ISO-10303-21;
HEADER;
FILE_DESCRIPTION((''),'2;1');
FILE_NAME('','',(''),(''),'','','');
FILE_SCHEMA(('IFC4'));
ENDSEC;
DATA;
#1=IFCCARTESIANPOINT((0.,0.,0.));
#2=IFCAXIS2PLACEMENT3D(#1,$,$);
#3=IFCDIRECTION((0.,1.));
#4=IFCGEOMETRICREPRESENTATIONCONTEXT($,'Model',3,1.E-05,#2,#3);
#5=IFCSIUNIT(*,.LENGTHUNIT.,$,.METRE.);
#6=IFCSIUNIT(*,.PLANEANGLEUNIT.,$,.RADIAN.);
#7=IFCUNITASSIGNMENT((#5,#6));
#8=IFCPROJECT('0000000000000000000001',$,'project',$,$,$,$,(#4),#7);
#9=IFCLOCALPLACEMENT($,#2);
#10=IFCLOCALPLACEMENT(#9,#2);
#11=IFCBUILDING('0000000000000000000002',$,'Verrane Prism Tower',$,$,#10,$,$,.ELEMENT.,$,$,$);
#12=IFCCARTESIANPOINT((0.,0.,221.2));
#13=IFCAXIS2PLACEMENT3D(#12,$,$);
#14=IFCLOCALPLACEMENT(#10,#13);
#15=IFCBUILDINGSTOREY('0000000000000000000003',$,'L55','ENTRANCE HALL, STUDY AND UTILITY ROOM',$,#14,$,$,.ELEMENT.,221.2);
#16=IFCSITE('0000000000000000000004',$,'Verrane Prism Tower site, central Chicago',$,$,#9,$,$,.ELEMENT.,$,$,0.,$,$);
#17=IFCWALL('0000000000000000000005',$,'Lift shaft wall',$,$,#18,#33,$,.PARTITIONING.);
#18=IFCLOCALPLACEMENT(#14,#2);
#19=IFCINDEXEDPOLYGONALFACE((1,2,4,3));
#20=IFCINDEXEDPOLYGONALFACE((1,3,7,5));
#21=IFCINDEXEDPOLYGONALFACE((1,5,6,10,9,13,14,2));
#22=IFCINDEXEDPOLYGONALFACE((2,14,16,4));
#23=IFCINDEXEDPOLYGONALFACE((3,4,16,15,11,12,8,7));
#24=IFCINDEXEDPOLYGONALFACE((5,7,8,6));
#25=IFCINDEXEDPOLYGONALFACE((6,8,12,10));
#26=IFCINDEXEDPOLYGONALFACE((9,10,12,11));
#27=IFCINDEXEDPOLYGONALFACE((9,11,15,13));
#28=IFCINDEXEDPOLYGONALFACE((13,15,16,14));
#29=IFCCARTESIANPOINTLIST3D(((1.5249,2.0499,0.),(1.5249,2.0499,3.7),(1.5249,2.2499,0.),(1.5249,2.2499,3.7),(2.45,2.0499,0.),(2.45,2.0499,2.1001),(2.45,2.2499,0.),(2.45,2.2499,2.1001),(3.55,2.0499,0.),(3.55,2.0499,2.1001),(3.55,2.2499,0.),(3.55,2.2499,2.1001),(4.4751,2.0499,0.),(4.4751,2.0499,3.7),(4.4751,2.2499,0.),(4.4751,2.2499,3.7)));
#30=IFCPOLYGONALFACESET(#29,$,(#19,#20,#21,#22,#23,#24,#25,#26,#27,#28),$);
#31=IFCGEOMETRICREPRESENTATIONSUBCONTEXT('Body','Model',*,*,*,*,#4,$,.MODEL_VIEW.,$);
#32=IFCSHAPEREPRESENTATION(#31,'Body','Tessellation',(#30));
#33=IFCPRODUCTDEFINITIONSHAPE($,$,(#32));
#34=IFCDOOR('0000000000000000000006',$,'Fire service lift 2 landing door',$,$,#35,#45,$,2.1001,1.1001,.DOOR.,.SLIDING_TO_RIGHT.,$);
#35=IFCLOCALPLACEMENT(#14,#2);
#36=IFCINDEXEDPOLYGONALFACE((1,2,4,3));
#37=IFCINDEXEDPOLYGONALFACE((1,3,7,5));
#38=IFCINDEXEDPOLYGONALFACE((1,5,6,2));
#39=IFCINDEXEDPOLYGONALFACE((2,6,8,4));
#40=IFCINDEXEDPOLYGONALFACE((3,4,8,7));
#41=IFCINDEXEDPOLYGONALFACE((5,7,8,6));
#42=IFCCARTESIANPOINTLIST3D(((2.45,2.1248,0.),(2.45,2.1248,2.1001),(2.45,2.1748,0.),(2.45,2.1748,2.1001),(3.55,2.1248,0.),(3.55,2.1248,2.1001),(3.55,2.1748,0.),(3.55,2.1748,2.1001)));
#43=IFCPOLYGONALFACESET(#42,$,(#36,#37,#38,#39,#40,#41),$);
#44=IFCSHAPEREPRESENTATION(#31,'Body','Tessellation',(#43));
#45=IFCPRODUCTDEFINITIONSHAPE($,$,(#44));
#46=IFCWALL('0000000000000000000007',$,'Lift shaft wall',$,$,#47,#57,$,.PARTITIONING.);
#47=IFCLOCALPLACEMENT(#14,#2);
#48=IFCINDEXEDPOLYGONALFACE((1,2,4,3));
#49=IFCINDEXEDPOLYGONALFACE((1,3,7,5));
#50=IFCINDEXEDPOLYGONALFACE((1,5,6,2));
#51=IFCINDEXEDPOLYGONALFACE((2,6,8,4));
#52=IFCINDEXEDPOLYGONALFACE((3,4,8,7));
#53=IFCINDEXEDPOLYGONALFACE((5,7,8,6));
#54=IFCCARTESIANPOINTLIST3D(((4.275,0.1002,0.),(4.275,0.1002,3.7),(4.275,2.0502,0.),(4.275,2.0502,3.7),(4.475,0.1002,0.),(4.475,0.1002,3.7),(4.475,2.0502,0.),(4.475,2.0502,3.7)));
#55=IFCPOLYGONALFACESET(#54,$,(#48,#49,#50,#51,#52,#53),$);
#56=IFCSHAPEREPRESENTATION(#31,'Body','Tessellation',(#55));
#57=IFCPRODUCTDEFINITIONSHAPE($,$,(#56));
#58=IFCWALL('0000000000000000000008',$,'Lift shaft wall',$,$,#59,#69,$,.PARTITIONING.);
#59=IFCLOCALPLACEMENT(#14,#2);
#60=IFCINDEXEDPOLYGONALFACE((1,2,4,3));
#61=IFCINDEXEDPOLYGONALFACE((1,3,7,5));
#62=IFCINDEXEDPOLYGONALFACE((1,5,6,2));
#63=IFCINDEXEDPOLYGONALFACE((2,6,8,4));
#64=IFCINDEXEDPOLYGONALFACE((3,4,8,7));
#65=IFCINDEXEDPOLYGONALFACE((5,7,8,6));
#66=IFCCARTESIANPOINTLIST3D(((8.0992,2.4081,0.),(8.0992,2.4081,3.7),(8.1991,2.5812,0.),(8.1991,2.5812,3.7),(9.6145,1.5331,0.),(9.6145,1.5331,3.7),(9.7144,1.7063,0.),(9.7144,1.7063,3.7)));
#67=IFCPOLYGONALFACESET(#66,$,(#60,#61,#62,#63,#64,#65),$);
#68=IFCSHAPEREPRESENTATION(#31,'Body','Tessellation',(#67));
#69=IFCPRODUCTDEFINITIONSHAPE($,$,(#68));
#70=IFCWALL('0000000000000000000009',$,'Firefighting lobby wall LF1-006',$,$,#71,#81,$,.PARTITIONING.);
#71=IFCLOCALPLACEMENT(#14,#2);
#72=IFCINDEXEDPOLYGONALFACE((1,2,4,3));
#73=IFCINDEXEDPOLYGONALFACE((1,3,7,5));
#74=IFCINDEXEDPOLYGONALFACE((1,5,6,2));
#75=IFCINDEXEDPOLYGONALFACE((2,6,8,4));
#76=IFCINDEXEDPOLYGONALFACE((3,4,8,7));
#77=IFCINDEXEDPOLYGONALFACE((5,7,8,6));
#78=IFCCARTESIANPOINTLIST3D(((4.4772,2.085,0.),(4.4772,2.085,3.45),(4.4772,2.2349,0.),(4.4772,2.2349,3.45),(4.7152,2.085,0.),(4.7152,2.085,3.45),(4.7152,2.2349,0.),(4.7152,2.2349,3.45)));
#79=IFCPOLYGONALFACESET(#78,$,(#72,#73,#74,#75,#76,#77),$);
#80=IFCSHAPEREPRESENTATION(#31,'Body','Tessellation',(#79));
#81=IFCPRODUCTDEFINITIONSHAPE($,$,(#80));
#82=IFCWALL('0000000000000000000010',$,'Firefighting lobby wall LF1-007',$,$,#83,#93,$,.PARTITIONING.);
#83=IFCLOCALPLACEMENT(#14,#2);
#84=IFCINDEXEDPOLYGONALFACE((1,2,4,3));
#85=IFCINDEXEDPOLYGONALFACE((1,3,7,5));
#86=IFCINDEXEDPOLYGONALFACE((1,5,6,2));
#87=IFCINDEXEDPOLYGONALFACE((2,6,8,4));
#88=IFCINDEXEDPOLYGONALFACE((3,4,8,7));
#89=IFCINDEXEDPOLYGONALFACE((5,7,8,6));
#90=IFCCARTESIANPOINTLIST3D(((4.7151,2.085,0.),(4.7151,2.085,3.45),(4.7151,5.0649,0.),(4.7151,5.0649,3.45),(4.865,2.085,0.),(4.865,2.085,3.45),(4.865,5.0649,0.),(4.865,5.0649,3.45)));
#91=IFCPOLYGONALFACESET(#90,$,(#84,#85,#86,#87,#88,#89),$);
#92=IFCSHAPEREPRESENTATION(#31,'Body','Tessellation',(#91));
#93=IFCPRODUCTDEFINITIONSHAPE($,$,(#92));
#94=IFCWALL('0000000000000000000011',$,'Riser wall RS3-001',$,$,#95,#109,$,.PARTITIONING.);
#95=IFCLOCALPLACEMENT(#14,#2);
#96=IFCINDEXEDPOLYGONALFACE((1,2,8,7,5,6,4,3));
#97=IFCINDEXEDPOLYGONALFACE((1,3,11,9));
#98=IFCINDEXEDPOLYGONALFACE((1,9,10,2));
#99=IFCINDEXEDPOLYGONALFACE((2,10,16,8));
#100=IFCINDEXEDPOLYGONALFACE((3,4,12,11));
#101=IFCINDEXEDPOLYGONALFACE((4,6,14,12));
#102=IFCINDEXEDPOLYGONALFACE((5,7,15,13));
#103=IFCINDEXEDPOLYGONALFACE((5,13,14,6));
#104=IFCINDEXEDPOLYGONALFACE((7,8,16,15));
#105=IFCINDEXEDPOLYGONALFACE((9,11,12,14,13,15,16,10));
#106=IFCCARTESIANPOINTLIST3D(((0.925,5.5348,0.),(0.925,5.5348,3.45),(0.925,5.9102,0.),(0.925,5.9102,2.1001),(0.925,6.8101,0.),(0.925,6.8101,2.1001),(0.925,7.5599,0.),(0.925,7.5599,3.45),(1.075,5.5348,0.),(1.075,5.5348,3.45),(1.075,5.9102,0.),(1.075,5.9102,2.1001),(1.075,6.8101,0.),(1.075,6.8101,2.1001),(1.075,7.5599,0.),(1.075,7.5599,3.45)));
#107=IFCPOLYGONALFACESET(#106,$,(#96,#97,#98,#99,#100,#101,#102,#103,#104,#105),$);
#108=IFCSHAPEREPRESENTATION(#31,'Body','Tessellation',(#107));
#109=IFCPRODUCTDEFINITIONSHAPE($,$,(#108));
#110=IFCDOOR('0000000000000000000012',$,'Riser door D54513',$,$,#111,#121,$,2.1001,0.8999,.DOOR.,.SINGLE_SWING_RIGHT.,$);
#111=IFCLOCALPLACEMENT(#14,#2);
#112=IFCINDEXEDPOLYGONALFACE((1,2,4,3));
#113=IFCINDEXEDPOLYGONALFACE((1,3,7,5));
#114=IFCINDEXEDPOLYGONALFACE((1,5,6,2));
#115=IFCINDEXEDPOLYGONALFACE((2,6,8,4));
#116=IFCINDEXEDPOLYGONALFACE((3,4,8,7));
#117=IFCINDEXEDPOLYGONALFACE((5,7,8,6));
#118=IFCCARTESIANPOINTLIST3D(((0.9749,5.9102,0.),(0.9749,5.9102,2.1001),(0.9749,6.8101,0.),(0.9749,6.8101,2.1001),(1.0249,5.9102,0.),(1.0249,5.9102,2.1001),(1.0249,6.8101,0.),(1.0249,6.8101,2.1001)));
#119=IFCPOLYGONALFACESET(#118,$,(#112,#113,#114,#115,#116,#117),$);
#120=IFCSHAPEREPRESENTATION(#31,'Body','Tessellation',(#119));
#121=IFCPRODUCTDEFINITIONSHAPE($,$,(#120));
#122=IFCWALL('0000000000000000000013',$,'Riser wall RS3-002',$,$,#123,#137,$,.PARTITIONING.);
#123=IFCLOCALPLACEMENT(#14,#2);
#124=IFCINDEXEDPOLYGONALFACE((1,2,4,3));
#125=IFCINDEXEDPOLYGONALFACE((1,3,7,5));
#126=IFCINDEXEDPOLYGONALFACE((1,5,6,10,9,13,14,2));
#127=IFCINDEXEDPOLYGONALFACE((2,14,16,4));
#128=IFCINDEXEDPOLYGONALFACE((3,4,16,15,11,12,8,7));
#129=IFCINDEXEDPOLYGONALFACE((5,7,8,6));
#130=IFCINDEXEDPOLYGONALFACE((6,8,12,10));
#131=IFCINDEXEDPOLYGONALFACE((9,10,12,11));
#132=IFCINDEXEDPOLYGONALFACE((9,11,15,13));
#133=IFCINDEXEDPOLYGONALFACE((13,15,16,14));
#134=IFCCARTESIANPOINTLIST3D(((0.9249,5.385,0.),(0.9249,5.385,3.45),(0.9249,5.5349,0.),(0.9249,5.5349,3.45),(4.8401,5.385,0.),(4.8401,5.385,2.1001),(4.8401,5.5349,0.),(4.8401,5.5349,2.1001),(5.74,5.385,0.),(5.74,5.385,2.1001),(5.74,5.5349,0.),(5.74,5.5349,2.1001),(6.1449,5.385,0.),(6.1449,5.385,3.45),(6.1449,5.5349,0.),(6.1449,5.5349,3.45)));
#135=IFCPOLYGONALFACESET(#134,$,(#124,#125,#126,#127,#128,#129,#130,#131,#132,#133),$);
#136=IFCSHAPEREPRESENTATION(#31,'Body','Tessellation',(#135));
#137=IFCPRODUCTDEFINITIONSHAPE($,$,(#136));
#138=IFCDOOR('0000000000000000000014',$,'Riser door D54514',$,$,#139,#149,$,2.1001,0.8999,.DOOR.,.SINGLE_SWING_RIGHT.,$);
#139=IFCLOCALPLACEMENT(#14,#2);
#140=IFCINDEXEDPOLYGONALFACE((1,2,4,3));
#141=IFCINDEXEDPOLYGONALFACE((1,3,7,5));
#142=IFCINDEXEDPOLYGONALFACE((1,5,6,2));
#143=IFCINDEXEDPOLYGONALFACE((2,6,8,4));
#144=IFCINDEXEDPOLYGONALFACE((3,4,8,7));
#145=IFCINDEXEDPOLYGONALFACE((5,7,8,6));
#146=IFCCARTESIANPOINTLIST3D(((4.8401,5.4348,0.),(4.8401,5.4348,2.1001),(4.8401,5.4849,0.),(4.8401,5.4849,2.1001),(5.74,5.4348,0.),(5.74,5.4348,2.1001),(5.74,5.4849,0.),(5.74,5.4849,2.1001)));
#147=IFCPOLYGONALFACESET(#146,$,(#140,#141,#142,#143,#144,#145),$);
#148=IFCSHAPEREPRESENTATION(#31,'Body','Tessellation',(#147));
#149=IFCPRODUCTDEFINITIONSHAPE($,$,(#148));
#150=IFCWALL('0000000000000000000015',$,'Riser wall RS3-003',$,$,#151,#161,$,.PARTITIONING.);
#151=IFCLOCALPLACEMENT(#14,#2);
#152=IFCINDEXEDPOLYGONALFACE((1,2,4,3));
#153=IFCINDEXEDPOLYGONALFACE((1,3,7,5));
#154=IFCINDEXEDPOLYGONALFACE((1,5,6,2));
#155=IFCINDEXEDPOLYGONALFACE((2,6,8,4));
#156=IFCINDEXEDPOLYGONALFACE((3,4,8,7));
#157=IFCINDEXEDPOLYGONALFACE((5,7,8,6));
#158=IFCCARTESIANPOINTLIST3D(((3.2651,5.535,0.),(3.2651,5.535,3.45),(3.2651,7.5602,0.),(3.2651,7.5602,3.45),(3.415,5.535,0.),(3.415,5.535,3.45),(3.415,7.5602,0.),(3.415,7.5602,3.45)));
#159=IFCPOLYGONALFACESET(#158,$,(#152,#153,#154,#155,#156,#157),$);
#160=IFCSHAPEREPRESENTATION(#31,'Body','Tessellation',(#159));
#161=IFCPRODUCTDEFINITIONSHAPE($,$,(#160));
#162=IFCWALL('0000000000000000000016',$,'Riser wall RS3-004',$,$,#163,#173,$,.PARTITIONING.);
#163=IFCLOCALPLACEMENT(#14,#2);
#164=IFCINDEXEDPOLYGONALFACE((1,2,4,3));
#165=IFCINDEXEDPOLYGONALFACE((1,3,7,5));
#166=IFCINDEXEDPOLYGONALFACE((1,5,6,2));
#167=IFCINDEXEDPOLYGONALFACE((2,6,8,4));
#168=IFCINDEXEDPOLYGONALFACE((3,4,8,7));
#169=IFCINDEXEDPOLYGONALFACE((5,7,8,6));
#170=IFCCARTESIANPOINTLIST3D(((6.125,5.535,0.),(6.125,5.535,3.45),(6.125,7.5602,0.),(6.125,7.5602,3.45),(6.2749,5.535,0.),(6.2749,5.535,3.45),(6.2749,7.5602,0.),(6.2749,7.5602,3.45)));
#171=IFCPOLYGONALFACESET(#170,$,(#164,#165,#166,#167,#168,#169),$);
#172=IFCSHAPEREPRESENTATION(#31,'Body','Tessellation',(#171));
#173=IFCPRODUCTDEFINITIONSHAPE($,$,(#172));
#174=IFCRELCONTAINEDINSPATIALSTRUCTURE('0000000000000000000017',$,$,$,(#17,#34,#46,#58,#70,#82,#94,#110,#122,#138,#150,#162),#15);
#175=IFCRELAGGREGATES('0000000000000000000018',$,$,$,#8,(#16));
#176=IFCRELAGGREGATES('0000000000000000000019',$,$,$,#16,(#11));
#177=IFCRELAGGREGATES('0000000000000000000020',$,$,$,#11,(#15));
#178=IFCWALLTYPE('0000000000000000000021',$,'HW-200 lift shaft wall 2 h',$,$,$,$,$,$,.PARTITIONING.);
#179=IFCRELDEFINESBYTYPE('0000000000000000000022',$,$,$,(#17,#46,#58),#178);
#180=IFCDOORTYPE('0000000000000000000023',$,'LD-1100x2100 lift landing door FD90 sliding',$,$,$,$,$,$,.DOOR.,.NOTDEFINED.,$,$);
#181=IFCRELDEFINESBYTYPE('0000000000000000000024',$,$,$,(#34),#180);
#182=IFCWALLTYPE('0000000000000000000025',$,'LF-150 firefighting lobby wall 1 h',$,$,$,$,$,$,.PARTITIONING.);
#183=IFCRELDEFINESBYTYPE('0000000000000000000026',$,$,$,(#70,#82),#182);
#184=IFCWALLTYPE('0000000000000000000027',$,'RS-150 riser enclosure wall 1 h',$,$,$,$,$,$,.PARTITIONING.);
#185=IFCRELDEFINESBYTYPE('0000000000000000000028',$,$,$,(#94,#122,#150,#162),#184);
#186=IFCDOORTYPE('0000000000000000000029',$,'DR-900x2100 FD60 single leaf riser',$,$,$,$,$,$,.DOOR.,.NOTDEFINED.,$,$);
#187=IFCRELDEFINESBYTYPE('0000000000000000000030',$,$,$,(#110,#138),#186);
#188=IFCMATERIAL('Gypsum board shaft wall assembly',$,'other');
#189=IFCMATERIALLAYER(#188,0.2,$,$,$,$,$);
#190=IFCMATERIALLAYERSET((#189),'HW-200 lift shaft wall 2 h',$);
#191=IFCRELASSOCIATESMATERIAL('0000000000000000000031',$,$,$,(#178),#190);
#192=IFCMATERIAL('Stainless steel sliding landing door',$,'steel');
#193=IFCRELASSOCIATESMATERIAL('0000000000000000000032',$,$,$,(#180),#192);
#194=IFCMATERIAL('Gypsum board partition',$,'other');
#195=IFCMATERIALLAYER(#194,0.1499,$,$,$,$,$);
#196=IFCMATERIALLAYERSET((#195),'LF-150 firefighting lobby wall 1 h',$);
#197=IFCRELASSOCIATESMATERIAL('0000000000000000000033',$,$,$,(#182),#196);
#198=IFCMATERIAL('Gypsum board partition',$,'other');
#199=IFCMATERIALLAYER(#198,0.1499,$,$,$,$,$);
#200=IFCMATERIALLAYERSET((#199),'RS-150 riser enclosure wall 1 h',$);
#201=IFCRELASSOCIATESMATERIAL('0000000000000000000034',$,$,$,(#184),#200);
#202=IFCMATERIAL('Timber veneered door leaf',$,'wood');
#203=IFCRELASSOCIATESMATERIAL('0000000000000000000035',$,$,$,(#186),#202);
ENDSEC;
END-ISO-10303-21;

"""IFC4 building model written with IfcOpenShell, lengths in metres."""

from ifc_helpers import new_model, si_unit, direction, frame, frame_2d, origin, place, context, subcontext, project, spatial, rectangle, extrude, material, layer, layer_set, type_object, element, fill, save


model = new_model("IFC4")

# Units and contexts
model_context = context("Model", 3, precision=1e-05, world=origin(), true_north=direction((0.0, 1.0)))
body_context = subcontext(model_context, "Body", "Model", "MODEL_VIEW")
ifc_project = project(units=[si_unit("LENGTHUNIT", "METRE"), si_unit("PLANEANGLEUNIT", "RADIAN")], contexts=[model_context])

# Site, building, storey
site_placement = place(None, origin())
site = spatial("IfcSite", under=ifc_project, at=site_placement, Name="Verrane Prism Tower site, central Chicago", CompositionType="ELEMENT", RefElevation=0.0)
building_placement = place(site_placement, origin())
building = spatial("IfcBuilding", under=site, at=building_placement, Name="Verrane Prism Tower", CompositionType="ELEMENT")
storey_placement = place(building_placement, frame((0.0, 0.0, 221.2)))
storey = spatial("IfcBuildingStorey", under=building, at=storey_placement, Name="L55", Description="ENTRANCE HALL, STUDY AND UTILITY ROOM", CompositionType="ELEMENT", Elevation=221.2)

# Wall, opening, door
ifc_material_1 = material(Name="Gypsum board shaft wall assembly", Category="other")
ifc_layer_1 = layer(ifc_material_1, 0.2)
ifc_layer_set_1 = layer_set([ifc_layer_1], Name="HW-200 lift shaft wall 2 h")
wall_type_1 = type_object("IfcWallType", Name="HW-200 lift shaft wall 2 h", PredefinedType="PARTITIONING", material=ifc_layer_set_1)
wall_1_placement = place(storey_placement, frame((1.5249, 2.1499, 0.0), z_axis=(0.0, 0.0, 1.0), x_axis=(1.0, 0.0, 0.0)))
wall_1 = element("IfcWall", 1, at=wall_1_placement, inside=storey, type_object=wall_type_1, Name="Lift shaft wall", PredefinedType="PARTITIONING", context=body_context, shape_type="SweptSolid", body=[
    extrude(rectangle(XDim=2.9502, YDim=0.2, at=frame_2d((1.4751, 0.0))), origin(), (0.0, 0.0, 1.0), 3.7),
])
opening_1_placement = place(wall_1_placement, frame((0.925, 0.0, 0.0)))
opening_1 = element("IfcOpeningElement", 2, at=opening_1_placement, cuts=wall_1, PredefinedType="OPENING", context=body_context, shape_type="SweptSolid", body=[
    extrude(rectangle(XDim=1.1001, YDim=2.1001, at=frame_2d((0.55, 1.05))), frame((0.0, 0.1099, 0.0), z_axis=(0.0, -1.0, 0.0), x_axis=(1.0, 0.0, 0.0)), (0.0, 0.0, 1.0), 0.22),
])
ifc_material_2 = material(Name="Stainless steel sliding landing door", Category="steel")
door_type_1 = type_object("IfcDoorType", Name="LD-1100x2100 lift landing door FD90 sliding", OperationType="NOTDEFINED", PredefinedType="DOOR", material=ifc_material_2)
door_1_placement = place(opening_1_placement, origin())
door_1 = element("IfcDoor", 3, at=door_1_placement, inside=storey, type_object=door_type_1, Name="Fire service lift 2 landing door", OperationType="SLIDING_TO_RIGHT", OverallHeight=2.1001, OverallWidth=1.1001, PredefinedType="DOOR", context=body_context, shape_type="SweptSolid", body=[
    extrude(rectangle(XDim=1.1001, YDim=2.1001, at=frame_2d((0.55, 1.05))), frame((0.0, 0.0249, 0.0), z_axis=(0.0, -1.0, 0.0), x_axis=(1.0, 0.0, 0.0)), (0.0, 0.0, 1.0), 0.05),
])
fill(opening_1, door_1)

# Walls
wall_2_placement = place(storey_placement, frame((4.375, 0.1001, 0.0), z_axis=(0.0, 0.0, 1.0), x_axis=(0.0, 1.0, 0.0)))
element("IfcWall", 4, at=wall_2_placement, inside=storey, type_object=wall_type_1, Name="Lift shaft wall", PredefinedType="PARTITIONING", context=body_context, shape_type="SweptSolid", body=[
    extrude(rectangle(XDim=1.95, YDim=0.2, at=frame_2d((0.9751, 0.0))), origin(), (0.0, 0.0, 1.0), 3.7),
])
wall_3_placement = place(storey_placement, frame((9.6646, 1.6196, 0.0), z_axis=(0.0, 0.0, 1.0), x_axis=(-0.866002, 0.50004, 0.0)))
element("IfcWall", 5, at=wall_3_placement, inside=storey, type_object=wall_type_1, Name="Lift shaft wall", PredefinedType="PARTITIONING", context=body_context, shape_type="SweptSolid", body=[
    extrude(rectangle(XDim=1.7498, YDim=0.2, at=frame_2d((0.875, 0.0))), origin(), (0.0, 0.0, 1.0), 3.7),
])
ifc_material_3 = material(Name="Gypsum board partition", Category="other")
ifc_layer_2 = layer(ifc_material_3, 0.1499)
ifc_layer_set_2 = layer_set([ifc_layer_2], Name="LF-150 firefighting lobby wall 1 h")
wall_type_2 = type_object("IfcWallType", Name="LF-150 firefighting lobby wall 1 h", PredefinedType="PARTITIONING", material=ifc_layer_set_2)
wall_4_placement = place(storey_placement, frame((4.4771, 2.1599, 0.0), z_axis=(0.0, 0.0, 1.0), x_axis=(1.0, 0.0, 0.0)))
element("IfcWall", 6, at=wall_4_placement, inside=storey, type_object=wall_type_2, Name="Firefighting lobby wall LF1-006", PredefinedType="PARTITIONING", context=body_context, shape_type="SweptSolid", body=[
    extrude(rectangle(XDim=0.238, YDim=0.1499, at=frame_2d((0.1191, 0.0))), origin(), (0.0, 0.0, 1.0), 3.45),
])
wall_5_placement = place(storey_placement, frame((4.79, 2.085, 0.0), z_axis=(0.0, 0.0, 1.0), x_axis=(0.0, 1.0, 0.0)))
element("IfcWall", 7, at=wall_5_placement, inside=storey, type_object=wall_type_2, Name="Firefighting lobby wall LF1-007", PredefinedType="PARTITIONING", context=body_context, shape_type="SweptSolid", body=[
    extrude(rectangle(XDim=2.98, YDim=0.1499, at=frame_2d((1.49, 0.0))), origin(), (0.0, 0.0, 1.0), 3.45),
])

# Walls, openings, doors
ifc_material_4 = material(Name="Gypsum board partition", Category="other")
ifc_layer_3 = layer(ifc_material_4, 0.1499)
ifc_layer_set_3 = layer_set([ifc_layer_3], Name="RS-150 riser enclosure wall 1 h")
wall_type_3 = type_object("IfcWallType", Name="RS-150 riser enclosure wall 1 h", PredefinedType="PARTITIONING", material=ifc_layer_set_3)
wall_6_placement = place(storey_placement, frame((1.0, 7.5601, 0.0), z_axis=(0.0, 0.0, 1.0), x_axis=(0.0, -1.0, 0.0)))
wall_6 = element("IfcWall", 8, at=wall_6_placement, inside=storey, type_object=wall_type_3, Name="Riser wall RS3-001", PredefinedType="PARTITIONING", context=body_context, shape_type="SweptSolid", body=[
    extrude(rectangle(XDim=2.0251, YDim=0.1499, at=frame_2d((1.0127, 0.0))), origin(), (0.0, 0.0, 1.0), 3.45),
])
opening_2_placement = place(wall_6_placement, frame((0.75, 0.0, 0.0)))
opening_2 = element("IfcOpeningElement", 9, at=opening_2_placement, cuts=wall_6, PredefinedType="OPENING", context=body_context, shape_type="SweptSolid", body=[
    extrude(rectangle(XDim=0.8999, YDim=2.1001, at=frame_2d((0.45, 1.05))), frame((0.0, 0.085, 0.0), z_axis=(0.0, -1.0, 0.0), x_axis=(1.0, 0.0, 0.0)), (0.0, 0.0, 1.0), 0.1699),
])
ifc_material_5 = material(Name="Timber veneered door leaf", Category="wood")
door_type_2 = type_object("IfcDoorType", Name="DR-900x2100 FD60 single leaf riser", OperationType="NOTDEFINED", PredefinedType="DOOR", material=ifc_material_5)
door_2_placement = place(opening_2_placement, origin())
door_2 = element("IfcDoor", 10, at=door_2_placement, inside=storey, type_object=door_type_2, Name="Riser door D54513", OperationType="SINGLE_SWING_RIGHT", OverallHeight=2.1001, OverallWidth=0.8999, PredefinedType="DOOR", context=body_context, shape_type="SweptSolid", body=[
    extrude(rectangle(XDim=0.8999, YDim=2.1001, at=frame_2d((0.45, 1.05))), frame((0.0, 0.0249, 0.0), z_axis=(0.0, -1.0, 0.0), x_axis=(1.0, 0.0, 0.0)), (0.0, 0.0, 1.0), 0.05),
])
fill(opening_2, door_2)
wall_7_placement = place(storey_placement, frame((0.925, 5.46, 0.0), z_axis=(0.0, 0.0, 1.0), x_axis=(1.0, 0.0, 0.0)))
wall_7 = element("IfcWall", 11, at=wall_7_placement, inside=storey, type_object=wall_type_3, Name="Riser wall RS3-002", PredefinedType="PARTITIONING", context=body_context, shape_type="SweptSolid", body=[
    extrude(rectangle(XDim=5.22, YDim=0.1499, at=frame_2d((2.6099, 0.0))), origin(), (0.0, 0.0, 1.0), 3.45),
])
opening_3_placement = place(wall_7_placement, frame((3.915, 0.0, 0.0)))
opening_3 = element("IfcOpeningElement", 12, at=opening_3_placement, cuts=wall_7, PredefinedType="OPENING", context=body_context, shape_type="SweptSolid", body=[
    extrude(rectangle(XDim=0.8999, YDim=2.1001, at=frame_2d((0.45, 1.05))), frame((0.0, 0.085, 0.0), z_axis=(0.0, -1.0, 0.0), x_axis=(1.0, 0.0, 0.0)), (0.0, 0.0, 1.0), 0.1699),
])
door_3_placement = place(opening_3_placement, origin())
door_3 = element("IfcDoor", 13, at=door_3_placement, inside=storey, type_object=door_type_2, Name="Riser door D54514", OperationType="SINGLE_SWING_RIGHT", OverallHeight=2.1001, OverallWidth=0.8999, PredefinedType="DOOR", context=body_context, shape_type="SweptSolid", body=[
    extrude(rectangle(XDim=0.8999, YDim=2.1001, at=frame_2d((0.45, 1.05))), frame((0.0, 0.0249, 0.0), z_axis=(0.0, -1.0, 0.0), x_axis=(1.0, 0.0, 0.0)), (0.0, 0.0, 1.0), 0.05),
])
fill(opening_3, door_3)

# Walls
for number, where, z_axis, x_axis, name in (
    (14, (3.3401, 5.5349, 0.0), (0.0, 0.0, 1.0), (0.0, 1.0, 0.0), "Riser wall RS3-003"),
    (15, (6.2, 5.5349, 0.0), (0.0, 0.0, 1.0), (0.0, 1.0, 0.0), "Riser wall RS3-004"),
):
    element("IfcWall", number, at=place(storey_placement, frame(where, z_axis=z_axis, x_axis=x_axis)), inside=storey, type_object=wall_type_3, Name=name, PredefinedType="PARTITIONING", context=body_context, shape_type="SweptSolid", body=[
        extrude(rectangle(XDim=2.0251, YDim=0.1499, at=frame_2d((1.0127, 0.0))), origin(), (0.0, 0.0, 1.0), 3.45),
    ])

save(model, "model.ifc")
